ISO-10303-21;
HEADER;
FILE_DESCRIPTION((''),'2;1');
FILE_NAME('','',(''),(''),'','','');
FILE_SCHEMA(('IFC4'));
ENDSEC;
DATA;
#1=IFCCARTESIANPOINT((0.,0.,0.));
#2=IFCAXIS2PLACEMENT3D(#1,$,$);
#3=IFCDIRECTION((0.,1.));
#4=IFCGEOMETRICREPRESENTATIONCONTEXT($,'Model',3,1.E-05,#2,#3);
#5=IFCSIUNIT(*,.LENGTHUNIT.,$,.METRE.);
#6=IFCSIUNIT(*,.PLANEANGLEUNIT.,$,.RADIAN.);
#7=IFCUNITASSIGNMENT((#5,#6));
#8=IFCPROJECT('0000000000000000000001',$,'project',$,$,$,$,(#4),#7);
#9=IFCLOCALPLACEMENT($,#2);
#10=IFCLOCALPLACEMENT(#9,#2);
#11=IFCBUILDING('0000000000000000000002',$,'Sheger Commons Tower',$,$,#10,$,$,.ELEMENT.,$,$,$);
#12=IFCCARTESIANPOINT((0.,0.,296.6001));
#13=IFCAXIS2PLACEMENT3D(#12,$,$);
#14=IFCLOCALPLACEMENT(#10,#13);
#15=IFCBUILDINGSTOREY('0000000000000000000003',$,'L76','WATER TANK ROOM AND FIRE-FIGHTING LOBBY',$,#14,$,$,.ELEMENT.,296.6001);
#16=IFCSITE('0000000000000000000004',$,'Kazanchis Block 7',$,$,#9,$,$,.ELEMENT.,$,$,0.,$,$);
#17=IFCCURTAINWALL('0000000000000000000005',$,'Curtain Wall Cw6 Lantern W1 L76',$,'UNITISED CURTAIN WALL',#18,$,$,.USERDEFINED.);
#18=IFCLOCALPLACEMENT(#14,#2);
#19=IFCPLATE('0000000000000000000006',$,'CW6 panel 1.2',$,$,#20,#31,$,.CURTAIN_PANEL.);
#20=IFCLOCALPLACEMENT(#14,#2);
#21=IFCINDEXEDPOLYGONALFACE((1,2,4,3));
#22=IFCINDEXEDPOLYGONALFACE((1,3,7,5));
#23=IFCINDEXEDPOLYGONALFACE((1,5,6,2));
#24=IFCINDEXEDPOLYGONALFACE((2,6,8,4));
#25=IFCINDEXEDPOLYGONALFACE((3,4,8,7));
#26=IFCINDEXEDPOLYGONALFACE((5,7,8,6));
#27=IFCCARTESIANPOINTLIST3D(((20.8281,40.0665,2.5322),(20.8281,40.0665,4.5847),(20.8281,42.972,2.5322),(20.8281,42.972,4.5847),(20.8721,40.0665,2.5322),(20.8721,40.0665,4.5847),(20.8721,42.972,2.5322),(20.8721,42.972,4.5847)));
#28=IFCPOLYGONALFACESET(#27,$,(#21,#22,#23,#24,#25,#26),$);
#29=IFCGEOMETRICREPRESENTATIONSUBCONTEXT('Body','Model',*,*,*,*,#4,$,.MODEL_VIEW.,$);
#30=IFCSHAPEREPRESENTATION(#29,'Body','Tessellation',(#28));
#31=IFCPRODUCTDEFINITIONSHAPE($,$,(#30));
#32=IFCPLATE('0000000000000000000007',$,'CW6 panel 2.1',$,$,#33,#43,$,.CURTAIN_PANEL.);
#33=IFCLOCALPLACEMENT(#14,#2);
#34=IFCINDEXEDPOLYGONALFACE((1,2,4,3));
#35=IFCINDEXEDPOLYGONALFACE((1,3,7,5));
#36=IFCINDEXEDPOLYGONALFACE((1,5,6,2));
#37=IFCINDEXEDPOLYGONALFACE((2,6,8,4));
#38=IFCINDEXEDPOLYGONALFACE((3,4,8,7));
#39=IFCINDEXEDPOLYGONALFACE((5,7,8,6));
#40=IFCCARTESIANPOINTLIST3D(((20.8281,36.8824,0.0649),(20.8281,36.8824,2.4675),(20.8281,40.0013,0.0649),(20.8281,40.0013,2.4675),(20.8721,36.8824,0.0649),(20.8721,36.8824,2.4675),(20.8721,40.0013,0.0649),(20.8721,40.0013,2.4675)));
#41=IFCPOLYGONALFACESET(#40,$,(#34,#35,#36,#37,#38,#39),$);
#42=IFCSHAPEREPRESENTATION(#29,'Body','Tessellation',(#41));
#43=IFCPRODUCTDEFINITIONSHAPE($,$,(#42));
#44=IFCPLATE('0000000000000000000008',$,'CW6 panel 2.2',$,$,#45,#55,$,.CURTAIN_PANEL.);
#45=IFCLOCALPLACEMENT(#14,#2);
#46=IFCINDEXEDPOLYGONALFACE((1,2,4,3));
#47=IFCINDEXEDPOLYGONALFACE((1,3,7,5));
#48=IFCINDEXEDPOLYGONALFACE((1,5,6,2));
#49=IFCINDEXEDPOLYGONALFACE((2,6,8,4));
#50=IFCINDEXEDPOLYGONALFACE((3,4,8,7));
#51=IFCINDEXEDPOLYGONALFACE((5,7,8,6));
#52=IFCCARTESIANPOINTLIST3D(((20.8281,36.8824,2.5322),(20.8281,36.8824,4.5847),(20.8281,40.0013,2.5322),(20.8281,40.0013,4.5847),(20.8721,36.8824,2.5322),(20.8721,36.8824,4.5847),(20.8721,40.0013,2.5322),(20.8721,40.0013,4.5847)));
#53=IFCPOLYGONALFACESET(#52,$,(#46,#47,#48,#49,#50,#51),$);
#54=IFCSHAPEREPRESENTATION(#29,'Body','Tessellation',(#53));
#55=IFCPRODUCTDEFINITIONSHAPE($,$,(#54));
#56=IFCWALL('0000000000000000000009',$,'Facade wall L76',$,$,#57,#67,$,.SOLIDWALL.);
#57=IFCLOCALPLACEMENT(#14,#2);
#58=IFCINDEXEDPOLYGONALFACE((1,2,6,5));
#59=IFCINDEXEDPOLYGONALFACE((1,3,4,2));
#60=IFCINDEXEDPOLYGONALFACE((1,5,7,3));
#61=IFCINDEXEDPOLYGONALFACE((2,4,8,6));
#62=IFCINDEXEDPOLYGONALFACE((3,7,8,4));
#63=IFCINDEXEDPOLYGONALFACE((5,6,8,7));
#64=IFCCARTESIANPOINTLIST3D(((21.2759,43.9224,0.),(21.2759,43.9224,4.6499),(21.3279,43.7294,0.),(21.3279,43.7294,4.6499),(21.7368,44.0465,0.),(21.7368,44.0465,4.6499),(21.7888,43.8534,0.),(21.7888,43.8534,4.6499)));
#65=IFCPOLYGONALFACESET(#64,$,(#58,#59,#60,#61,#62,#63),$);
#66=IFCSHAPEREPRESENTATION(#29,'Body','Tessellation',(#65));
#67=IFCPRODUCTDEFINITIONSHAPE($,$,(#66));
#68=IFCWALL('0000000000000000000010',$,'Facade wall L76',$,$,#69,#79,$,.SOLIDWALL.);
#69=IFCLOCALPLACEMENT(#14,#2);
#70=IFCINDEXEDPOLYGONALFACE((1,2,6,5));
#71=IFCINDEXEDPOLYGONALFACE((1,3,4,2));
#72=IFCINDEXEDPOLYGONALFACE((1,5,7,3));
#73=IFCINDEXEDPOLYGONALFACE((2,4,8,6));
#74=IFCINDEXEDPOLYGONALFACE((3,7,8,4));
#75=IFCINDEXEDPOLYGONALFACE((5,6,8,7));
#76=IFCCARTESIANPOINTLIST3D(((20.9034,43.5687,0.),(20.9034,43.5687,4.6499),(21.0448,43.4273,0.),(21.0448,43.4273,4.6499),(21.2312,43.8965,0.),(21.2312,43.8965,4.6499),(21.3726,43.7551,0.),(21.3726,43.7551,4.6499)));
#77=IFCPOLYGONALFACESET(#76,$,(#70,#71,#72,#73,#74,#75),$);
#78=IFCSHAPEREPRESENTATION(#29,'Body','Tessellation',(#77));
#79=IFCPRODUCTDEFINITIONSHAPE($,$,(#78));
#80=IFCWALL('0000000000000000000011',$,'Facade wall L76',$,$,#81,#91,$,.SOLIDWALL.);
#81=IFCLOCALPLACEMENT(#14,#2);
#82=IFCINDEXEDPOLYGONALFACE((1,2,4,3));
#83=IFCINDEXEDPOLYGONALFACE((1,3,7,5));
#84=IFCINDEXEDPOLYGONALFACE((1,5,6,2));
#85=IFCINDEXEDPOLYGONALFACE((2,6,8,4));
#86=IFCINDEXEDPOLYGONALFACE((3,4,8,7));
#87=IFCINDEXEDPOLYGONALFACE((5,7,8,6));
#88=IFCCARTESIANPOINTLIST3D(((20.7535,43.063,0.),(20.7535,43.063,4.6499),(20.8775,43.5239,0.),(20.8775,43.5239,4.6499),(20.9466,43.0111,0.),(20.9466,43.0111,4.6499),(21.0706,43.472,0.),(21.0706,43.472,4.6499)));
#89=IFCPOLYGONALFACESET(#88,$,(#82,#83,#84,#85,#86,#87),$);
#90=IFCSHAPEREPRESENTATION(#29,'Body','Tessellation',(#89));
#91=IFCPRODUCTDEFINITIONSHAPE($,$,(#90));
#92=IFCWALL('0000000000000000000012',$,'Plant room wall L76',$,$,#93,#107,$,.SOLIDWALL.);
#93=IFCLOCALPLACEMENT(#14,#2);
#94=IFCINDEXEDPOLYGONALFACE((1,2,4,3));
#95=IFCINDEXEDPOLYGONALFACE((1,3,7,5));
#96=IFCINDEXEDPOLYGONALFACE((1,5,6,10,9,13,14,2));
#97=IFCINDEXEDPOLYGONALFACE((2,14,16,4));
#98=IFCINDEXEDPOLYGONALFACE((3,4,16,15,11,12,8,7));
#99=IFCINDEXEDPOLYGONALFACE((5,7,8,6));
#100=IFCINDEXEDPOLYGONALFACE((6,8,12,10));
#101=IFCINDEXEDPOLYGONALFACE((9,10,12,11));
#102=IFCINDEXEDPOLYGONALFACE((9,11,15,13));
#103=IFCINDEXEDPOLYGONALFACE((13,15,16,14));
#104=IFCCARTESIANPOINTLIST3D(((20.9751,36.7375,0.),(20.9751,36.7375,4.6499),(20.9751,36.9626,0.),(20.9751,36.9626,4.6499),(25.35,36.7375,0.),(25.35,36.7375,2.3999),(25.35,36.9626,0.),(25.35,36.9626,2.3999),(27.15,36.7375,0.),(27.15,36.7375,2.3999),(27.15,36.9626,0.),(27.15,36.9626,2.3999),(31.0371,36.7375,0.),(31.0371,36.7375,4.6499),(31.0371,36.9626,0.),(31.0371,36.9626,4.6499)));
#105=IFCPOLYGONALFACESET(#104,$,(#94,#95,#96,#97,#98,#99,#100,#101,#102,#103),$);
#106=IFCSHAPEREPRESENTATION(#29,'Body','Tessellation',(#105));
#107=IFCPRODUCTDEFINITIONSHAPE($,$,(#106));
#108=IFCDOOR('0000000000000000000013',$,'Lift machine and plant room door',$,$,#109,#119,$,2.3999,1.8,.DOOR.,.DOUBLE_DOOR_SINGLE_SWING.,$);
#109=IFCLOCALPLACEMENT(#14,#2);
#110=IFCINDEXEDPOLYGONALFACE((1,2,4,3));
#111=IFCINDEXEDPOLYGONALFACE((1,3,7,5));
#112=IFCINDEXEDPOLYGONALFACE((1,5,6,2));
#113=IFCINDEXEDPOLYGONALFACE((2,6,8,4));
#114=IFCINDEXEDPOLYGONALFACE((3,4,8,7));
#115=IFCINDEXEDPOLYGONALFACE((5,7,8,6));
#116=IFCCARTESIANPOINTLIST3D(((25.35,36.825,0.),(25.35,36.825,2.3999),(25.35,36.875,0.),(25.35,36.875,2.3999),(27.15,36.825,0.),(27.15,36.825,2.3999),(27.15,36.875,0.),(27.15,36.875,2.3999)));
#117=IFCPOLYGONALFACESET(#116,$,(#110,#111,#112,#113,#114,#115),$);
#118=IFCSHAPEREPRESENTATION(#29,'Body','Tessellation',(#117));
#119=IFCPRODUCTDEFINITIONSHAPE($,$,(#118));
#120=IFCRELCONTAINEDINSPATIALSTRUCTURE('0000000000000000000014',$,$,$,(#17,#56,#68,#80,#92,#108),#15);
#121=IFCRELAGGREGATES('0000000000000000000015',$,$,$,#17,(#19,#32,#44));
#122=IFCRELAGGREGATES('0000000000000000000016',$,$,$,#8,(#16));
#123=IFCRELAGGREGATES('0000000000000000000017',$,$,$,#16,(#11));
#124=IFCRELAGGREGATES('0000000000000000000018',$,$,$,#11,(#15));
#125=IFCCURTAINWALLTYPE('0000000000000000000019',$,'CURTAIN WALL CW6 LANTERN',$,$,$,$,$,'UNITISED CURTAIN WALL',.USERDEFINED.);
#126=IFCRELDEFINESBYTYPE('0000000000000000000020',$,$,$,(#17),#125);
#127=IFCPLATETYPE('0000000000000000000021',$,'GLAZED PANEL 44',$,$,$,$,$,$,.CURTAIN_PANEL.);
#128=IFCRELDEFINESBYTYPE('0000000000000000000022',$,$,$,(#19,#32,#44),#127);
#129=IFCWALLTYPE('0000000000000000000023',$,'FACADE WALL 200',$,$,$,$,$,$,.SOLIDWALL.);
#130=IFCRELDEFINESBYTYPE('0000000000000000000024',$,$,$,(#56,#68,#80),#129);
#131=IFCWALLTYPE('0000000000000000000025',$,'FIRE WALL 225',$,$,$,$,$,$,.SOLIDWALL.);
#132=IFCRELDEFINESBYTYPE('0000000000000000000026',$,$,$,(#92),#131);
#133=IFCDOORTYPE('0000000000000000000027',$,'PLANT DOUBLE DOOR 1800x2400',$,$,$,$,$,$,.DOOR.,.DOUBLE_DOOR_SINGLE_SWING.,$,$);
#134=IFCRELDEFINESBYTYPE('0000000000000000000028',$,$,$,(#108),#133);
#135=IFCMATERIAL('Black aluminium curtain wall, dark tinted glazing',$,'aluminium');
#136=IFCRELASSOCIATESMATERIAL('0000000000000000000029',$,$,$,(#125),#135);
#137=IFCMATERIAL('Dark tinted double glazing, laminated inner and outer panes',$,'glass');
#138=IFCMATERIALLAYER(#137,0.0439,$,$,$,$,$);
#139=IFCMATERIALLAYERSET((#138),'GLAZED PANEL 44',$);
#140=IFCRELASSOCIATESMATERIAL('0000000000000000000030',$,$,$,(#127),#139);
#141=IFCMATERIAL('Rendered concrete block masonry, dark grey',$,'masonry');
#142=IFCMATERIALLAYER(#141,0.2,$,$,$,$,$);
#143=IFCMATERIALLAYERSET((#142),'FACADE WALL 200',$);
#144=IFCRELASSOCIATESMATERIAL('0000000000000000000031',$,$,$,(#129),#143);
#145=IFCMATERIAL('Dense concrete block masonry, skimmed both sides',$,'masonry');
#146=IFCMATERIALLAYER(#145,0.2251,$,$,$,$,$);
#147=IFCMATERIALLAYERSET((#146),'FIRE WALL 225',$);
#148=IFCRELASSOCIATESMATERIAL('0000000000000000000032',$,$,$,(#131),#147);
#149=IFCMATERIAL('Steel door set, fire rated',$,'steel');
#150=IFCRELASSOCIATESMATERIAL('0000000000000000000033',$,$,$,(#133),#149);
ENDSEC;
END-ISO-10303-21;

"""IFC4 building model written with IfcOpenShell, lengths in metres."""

from ifc_helpers import new_model, si_unit, direction, frame, frame_2d, origin, origin_2d, place, context, subcontext, project, spatial, rectangle, extrude, material, layer, layer_set, type_object, element, fill, aggregate, save


model = new_model("IFC4")

# Units and contexts
model_context = context("Model", 3, precision=1e-05, world=origin(), true_north=direction((0.0, 1.0)))
body_context = subcontext(model_context, "Body", "Model", "MODEL_VIEW")
ifc_project = project(units=[si_unit("LENGTHUNIT", "METRE"), si_unit("PLANEANGLEUNIT", "RADIAN")], contexts=[model_context])

# Site, building, storey
site_placement = place(None, origin())
site = spatial("IfcSite", under=ifc_project, at=site_placement, Name="Kazanchis Block 7", CompositionType="ELEMENT", RefElevation=0.0)
building_placement = place(site_placement, origin())
building = spatial("IfcBuilding", under=site, at=building_placement, Name="Sheger Commons Tower", CompositionType="ELEMENT")
storey_placement = place(building_placement, frame((0.0, 0.0, 296.6001)))
storey = spatial("IfcBuildingStorey", under=building, at=storey_placement, Name="L76", Description="WATER TANK ROOM AND FIRE-FIGHTING LOBBY", CompositionType="ELEMENT", Elevation=296.6001)

# Shared definitions
ifc_material_1 = material(Name="Black aluminium curtain wall, dark tinted glazing", Category="aluminium")
curtain_wall_type = type_object("IfcCurtainWallType", Name="CURTAIN WALL CW6 LANTERN", ElementType="UNITISED CURTAIN WALL", PredefinedType="USERDEFINED", material=ifc_material_1)

# Curtain wall
curtain_wall_1_placement = place(storey_placement, origin())
curtain_wall_1 = element("IfcCurtainWall", 1, at=curtain_wall_1_placement, inside=storey, type_object=curtain_wall_type, Name="Curtain Wall Cw6 Lantern W1 L76", ObjectType="UNITISED CURTAIN WALL", PredefinedType="USERDEFINED")

# Plates
ifc_material_2 = material(Name="Dark tinted double glazing, laminated inner and outer panes", Category="glass")
ifc_layer_1 = layer(ifc_material_2, 0.0439)
ifc_layer_set_1 = layer_set([ifc_layer_1], Name="GLAZED PANEL 44")
plate_type = type_object("IfcPlateType", Name="GLAZED PANEL 44", PredefinedType="CURTAIN_PANEL", material=ifc_layer_set_1)
plate_1_placement = place(storey_placement, frame((20.8501, 41.5193, 2.5322), z_axis=(0.0, 0.0, 1.0), x_axis=(0.0, -1.0, 0.0)))
plate_1 = element("IfcPlate", 2, at=plate_1_placement, type_object=plate_type, Name="CW6 panel 1.2", PredefinedType="CURTAIN_PANEL", context=body_context, shape_type="SweptSolid", body=[
    extrude(rectangle(XDim=2.9055, YDim=0.0439, at=origin_2d()), origin(), (0.0, 0.0, 1.0), 2.0525),
])
plate_2_placement = place(storey_placement, frame((20.8501, 38.4419, 0.0649), z_axis=(0.0, 0.0, 1.0), x_axis=(0.0, -1.0, 0.0)))
plate_2 = element("IfcPlate", 3, at=plate_2_placement, type_object=plate_type, Name="CW6 panel 2.1", PredefinedType="CURTAIN_PANEL", context=body_context, shape_type="SweptSolid", body=[
    extrude(rectangle(XDim=3.1189, YDim=0.0439, at=origin_2d()), origin(), (0.0, 0.0, 1.0), 2.4026),
])
plate_3_placement = place(storey_placement, frame((20.8501, 38.4419, 2.5322), z_axis=(0.0, 0.0, 1.0), x_axis=(0.0, -1.0, 0.0)))
plate_3 = element("IfcPlate", 4, at=plate_3_placement, type_object=plate_type, Name="CW6 panel 2.2", PredefinedType="CURTAIN_PANEL", context=body_context, shape_type="SweptSolid", body=[
    extrude(rectangle(XDim=3.1189, YDim=0.0439, at=origin_2d()), origin(), (0.0, 0.0, 1.0), 2.0525),
])
aggregate(curtain_wall_1, [plate_1, plate_2, plate_3])

# Walls
ifc_material_3 = material(Name="Rendered concrete block masonry, dark grey", Category="masonry")
ifc_layer_2 = layer(ifc_material_3, 0.2)
ifc_layer_set_2 = layer_set([ifc_layer_2], Name="FACADE WALL 200")
wall_type_1 = type_object("IfcWallType", Name="FACADE WALL 200", PredefinedType="SOLIDWALL", material=ifc_layer_set_2)
wall_1_placement = place(storey_placement, frame((21.7629, 43.95, 0.0), z_axis=(0.0, 0.0, 1.0), x_axis=(-0.965655, -0.259827, 0.0)))
element("IfcWall", 5, at=wall_1_placement, inside=storey, type_object=wall_type_1, Name="Facade wall L76", PredefinedType="SOLIDWALL", context=body_context, shape_type="SweptSolid", body=[
    extrude(rectangle(XDim=0.4773, YDim=0.2, at=frame_2d((0.2388, 0.0))), origin(), (0.0, 0.0, 1.0), 4.6499),
])
wall_2_placement = place(storey_placement, frame((21.302, 43.8259, 0.0), z_axis=(0.0, 0.0, 1.0), x_axis=(-0.707107, -0.707107, 0.0)))
element("IfcWall", 6, at=wall_2_placement, inside=storey, type_object=wall_type_1, Name="Facade wall L76", PredefinedType="SOLIDWALL", context=body_context, shape_type="SweptSolid", body=[
    extrude(rectangle(XDim=0.4636, YDim=0.2, at=frame_2d((0.2319, 0.0))), origin(), (0.0, 0.0, 1.0), 4.6499),
])
wall_3_placement = place(storey_placement, frame((20.9741, 43.498, 0.0), z_axis=(0.0, 0.0, 1.0), x_axis=(-0.259827, -0.965655, 0.0)))
element("IfcWall", 7, at=wall_3_placement, inside=storey, type_object=wall_type_1, Name="Facade wall L76", PredefinedType="SOLIDWALL", context=body_context, shape_type="SweptSolid", body=[
    extrude(rectangle(XDim=0.4773, YDim=0.2, at=frame_2d((0.2388, 0.0))), origin(), (0.0, 0.0, 1.0), 4.6499),
])

# Wall, opening, door
ifc_material_4 = material(Name="Dense concrete block masonry, skimmed both sides", Category="masonry")
ifc_layer_3 = layer(ifc_material_4, 0.2251)
ifc_layer_set_3 = layer_set([ifc_layer_3], Name="FIRE WALL 225")
wall_type_2 = type_object("IfcWallType", Name="FIRE WALL 225", PredefinedType="SOLIDWALL", material=ifc_layer_set_3)
wall_4_placement = place(storey_placement, frame((20.9751, 36.8501, 0.0), z_axis=(0.0, 0.0, 1.0), x_axis=(1.0, 0.0, 0.0)))
wall_4 = element("IfcWall", 8, at=wall_4_placement, inside=storey, type_object=wall_type_2, Name="Plant room wall L76", PredefinedType="SOLIDWALL", context=body_context, shape_type="SweptSolid", body=[
    extrude(rectangle(XDim=10.062, YDim=0.2251, at=frame_2d((5.031, 0.0))), origin(), (0.0, 0.0, 1.0), 4.6499),
])
opening_placement = place(wall_4_placement, frame((4.375, 0.0, 0.0)))
opening = element("IfcOpeningElement", 9, at=opening_placement, cuts=wall_4, PredefinedType="OPENING", context=body_context, shape_type="SweptSolid", body=[
    extrude(rectangle(XDim=1.8, YDim=2.3999, at=frame_2d((0.8999, 1.2))), frame((0.0, 0.1226, 0.0), z_axis=(0.0, -1.0, 0.0), x_axis=(1.0, 0.0, 0.0)), (0.0, 0.0, 1.0), 0.2451),
])
ifc_material_5 = material(Name="Steel door set, fire rated", Category="steel")
door_type = type_object("IfcDoorType", Name="PLANT DOUBLE DOOR 1800x2400", OperationType="DOUBLE_DOOR_SINGLE_SWING", PredefinedType="DOOR", material=ifc_material_5)
door_placement = place(opening_placement, origin())
door = element("IfcDoor", 10, at=door_placement, inside=storey, type_object=door_type, Name="Lift machine and plant room door", OperationType="DOUBLE_DOOR_SINGLE_SWING", OverallHeight=2.3999, OverallWidth=1.8, PredefinedType="DOOR", context=body_context, shape_type="SweptSolid", body=[
    extrude(rectangle(XDim=1.8, YDim=2.3999, at=frame_2d((0.8999, 1.2))), frame((0.0, 0.0249, 0.0), z_axis=(0.0, -1.0, 0.0), x_axis=(1.0, 0.0, 0.0)), (0.0, 0.0, 1.0), 0.05),
])
fill(opening, door)

save(model, "model.ifc")
